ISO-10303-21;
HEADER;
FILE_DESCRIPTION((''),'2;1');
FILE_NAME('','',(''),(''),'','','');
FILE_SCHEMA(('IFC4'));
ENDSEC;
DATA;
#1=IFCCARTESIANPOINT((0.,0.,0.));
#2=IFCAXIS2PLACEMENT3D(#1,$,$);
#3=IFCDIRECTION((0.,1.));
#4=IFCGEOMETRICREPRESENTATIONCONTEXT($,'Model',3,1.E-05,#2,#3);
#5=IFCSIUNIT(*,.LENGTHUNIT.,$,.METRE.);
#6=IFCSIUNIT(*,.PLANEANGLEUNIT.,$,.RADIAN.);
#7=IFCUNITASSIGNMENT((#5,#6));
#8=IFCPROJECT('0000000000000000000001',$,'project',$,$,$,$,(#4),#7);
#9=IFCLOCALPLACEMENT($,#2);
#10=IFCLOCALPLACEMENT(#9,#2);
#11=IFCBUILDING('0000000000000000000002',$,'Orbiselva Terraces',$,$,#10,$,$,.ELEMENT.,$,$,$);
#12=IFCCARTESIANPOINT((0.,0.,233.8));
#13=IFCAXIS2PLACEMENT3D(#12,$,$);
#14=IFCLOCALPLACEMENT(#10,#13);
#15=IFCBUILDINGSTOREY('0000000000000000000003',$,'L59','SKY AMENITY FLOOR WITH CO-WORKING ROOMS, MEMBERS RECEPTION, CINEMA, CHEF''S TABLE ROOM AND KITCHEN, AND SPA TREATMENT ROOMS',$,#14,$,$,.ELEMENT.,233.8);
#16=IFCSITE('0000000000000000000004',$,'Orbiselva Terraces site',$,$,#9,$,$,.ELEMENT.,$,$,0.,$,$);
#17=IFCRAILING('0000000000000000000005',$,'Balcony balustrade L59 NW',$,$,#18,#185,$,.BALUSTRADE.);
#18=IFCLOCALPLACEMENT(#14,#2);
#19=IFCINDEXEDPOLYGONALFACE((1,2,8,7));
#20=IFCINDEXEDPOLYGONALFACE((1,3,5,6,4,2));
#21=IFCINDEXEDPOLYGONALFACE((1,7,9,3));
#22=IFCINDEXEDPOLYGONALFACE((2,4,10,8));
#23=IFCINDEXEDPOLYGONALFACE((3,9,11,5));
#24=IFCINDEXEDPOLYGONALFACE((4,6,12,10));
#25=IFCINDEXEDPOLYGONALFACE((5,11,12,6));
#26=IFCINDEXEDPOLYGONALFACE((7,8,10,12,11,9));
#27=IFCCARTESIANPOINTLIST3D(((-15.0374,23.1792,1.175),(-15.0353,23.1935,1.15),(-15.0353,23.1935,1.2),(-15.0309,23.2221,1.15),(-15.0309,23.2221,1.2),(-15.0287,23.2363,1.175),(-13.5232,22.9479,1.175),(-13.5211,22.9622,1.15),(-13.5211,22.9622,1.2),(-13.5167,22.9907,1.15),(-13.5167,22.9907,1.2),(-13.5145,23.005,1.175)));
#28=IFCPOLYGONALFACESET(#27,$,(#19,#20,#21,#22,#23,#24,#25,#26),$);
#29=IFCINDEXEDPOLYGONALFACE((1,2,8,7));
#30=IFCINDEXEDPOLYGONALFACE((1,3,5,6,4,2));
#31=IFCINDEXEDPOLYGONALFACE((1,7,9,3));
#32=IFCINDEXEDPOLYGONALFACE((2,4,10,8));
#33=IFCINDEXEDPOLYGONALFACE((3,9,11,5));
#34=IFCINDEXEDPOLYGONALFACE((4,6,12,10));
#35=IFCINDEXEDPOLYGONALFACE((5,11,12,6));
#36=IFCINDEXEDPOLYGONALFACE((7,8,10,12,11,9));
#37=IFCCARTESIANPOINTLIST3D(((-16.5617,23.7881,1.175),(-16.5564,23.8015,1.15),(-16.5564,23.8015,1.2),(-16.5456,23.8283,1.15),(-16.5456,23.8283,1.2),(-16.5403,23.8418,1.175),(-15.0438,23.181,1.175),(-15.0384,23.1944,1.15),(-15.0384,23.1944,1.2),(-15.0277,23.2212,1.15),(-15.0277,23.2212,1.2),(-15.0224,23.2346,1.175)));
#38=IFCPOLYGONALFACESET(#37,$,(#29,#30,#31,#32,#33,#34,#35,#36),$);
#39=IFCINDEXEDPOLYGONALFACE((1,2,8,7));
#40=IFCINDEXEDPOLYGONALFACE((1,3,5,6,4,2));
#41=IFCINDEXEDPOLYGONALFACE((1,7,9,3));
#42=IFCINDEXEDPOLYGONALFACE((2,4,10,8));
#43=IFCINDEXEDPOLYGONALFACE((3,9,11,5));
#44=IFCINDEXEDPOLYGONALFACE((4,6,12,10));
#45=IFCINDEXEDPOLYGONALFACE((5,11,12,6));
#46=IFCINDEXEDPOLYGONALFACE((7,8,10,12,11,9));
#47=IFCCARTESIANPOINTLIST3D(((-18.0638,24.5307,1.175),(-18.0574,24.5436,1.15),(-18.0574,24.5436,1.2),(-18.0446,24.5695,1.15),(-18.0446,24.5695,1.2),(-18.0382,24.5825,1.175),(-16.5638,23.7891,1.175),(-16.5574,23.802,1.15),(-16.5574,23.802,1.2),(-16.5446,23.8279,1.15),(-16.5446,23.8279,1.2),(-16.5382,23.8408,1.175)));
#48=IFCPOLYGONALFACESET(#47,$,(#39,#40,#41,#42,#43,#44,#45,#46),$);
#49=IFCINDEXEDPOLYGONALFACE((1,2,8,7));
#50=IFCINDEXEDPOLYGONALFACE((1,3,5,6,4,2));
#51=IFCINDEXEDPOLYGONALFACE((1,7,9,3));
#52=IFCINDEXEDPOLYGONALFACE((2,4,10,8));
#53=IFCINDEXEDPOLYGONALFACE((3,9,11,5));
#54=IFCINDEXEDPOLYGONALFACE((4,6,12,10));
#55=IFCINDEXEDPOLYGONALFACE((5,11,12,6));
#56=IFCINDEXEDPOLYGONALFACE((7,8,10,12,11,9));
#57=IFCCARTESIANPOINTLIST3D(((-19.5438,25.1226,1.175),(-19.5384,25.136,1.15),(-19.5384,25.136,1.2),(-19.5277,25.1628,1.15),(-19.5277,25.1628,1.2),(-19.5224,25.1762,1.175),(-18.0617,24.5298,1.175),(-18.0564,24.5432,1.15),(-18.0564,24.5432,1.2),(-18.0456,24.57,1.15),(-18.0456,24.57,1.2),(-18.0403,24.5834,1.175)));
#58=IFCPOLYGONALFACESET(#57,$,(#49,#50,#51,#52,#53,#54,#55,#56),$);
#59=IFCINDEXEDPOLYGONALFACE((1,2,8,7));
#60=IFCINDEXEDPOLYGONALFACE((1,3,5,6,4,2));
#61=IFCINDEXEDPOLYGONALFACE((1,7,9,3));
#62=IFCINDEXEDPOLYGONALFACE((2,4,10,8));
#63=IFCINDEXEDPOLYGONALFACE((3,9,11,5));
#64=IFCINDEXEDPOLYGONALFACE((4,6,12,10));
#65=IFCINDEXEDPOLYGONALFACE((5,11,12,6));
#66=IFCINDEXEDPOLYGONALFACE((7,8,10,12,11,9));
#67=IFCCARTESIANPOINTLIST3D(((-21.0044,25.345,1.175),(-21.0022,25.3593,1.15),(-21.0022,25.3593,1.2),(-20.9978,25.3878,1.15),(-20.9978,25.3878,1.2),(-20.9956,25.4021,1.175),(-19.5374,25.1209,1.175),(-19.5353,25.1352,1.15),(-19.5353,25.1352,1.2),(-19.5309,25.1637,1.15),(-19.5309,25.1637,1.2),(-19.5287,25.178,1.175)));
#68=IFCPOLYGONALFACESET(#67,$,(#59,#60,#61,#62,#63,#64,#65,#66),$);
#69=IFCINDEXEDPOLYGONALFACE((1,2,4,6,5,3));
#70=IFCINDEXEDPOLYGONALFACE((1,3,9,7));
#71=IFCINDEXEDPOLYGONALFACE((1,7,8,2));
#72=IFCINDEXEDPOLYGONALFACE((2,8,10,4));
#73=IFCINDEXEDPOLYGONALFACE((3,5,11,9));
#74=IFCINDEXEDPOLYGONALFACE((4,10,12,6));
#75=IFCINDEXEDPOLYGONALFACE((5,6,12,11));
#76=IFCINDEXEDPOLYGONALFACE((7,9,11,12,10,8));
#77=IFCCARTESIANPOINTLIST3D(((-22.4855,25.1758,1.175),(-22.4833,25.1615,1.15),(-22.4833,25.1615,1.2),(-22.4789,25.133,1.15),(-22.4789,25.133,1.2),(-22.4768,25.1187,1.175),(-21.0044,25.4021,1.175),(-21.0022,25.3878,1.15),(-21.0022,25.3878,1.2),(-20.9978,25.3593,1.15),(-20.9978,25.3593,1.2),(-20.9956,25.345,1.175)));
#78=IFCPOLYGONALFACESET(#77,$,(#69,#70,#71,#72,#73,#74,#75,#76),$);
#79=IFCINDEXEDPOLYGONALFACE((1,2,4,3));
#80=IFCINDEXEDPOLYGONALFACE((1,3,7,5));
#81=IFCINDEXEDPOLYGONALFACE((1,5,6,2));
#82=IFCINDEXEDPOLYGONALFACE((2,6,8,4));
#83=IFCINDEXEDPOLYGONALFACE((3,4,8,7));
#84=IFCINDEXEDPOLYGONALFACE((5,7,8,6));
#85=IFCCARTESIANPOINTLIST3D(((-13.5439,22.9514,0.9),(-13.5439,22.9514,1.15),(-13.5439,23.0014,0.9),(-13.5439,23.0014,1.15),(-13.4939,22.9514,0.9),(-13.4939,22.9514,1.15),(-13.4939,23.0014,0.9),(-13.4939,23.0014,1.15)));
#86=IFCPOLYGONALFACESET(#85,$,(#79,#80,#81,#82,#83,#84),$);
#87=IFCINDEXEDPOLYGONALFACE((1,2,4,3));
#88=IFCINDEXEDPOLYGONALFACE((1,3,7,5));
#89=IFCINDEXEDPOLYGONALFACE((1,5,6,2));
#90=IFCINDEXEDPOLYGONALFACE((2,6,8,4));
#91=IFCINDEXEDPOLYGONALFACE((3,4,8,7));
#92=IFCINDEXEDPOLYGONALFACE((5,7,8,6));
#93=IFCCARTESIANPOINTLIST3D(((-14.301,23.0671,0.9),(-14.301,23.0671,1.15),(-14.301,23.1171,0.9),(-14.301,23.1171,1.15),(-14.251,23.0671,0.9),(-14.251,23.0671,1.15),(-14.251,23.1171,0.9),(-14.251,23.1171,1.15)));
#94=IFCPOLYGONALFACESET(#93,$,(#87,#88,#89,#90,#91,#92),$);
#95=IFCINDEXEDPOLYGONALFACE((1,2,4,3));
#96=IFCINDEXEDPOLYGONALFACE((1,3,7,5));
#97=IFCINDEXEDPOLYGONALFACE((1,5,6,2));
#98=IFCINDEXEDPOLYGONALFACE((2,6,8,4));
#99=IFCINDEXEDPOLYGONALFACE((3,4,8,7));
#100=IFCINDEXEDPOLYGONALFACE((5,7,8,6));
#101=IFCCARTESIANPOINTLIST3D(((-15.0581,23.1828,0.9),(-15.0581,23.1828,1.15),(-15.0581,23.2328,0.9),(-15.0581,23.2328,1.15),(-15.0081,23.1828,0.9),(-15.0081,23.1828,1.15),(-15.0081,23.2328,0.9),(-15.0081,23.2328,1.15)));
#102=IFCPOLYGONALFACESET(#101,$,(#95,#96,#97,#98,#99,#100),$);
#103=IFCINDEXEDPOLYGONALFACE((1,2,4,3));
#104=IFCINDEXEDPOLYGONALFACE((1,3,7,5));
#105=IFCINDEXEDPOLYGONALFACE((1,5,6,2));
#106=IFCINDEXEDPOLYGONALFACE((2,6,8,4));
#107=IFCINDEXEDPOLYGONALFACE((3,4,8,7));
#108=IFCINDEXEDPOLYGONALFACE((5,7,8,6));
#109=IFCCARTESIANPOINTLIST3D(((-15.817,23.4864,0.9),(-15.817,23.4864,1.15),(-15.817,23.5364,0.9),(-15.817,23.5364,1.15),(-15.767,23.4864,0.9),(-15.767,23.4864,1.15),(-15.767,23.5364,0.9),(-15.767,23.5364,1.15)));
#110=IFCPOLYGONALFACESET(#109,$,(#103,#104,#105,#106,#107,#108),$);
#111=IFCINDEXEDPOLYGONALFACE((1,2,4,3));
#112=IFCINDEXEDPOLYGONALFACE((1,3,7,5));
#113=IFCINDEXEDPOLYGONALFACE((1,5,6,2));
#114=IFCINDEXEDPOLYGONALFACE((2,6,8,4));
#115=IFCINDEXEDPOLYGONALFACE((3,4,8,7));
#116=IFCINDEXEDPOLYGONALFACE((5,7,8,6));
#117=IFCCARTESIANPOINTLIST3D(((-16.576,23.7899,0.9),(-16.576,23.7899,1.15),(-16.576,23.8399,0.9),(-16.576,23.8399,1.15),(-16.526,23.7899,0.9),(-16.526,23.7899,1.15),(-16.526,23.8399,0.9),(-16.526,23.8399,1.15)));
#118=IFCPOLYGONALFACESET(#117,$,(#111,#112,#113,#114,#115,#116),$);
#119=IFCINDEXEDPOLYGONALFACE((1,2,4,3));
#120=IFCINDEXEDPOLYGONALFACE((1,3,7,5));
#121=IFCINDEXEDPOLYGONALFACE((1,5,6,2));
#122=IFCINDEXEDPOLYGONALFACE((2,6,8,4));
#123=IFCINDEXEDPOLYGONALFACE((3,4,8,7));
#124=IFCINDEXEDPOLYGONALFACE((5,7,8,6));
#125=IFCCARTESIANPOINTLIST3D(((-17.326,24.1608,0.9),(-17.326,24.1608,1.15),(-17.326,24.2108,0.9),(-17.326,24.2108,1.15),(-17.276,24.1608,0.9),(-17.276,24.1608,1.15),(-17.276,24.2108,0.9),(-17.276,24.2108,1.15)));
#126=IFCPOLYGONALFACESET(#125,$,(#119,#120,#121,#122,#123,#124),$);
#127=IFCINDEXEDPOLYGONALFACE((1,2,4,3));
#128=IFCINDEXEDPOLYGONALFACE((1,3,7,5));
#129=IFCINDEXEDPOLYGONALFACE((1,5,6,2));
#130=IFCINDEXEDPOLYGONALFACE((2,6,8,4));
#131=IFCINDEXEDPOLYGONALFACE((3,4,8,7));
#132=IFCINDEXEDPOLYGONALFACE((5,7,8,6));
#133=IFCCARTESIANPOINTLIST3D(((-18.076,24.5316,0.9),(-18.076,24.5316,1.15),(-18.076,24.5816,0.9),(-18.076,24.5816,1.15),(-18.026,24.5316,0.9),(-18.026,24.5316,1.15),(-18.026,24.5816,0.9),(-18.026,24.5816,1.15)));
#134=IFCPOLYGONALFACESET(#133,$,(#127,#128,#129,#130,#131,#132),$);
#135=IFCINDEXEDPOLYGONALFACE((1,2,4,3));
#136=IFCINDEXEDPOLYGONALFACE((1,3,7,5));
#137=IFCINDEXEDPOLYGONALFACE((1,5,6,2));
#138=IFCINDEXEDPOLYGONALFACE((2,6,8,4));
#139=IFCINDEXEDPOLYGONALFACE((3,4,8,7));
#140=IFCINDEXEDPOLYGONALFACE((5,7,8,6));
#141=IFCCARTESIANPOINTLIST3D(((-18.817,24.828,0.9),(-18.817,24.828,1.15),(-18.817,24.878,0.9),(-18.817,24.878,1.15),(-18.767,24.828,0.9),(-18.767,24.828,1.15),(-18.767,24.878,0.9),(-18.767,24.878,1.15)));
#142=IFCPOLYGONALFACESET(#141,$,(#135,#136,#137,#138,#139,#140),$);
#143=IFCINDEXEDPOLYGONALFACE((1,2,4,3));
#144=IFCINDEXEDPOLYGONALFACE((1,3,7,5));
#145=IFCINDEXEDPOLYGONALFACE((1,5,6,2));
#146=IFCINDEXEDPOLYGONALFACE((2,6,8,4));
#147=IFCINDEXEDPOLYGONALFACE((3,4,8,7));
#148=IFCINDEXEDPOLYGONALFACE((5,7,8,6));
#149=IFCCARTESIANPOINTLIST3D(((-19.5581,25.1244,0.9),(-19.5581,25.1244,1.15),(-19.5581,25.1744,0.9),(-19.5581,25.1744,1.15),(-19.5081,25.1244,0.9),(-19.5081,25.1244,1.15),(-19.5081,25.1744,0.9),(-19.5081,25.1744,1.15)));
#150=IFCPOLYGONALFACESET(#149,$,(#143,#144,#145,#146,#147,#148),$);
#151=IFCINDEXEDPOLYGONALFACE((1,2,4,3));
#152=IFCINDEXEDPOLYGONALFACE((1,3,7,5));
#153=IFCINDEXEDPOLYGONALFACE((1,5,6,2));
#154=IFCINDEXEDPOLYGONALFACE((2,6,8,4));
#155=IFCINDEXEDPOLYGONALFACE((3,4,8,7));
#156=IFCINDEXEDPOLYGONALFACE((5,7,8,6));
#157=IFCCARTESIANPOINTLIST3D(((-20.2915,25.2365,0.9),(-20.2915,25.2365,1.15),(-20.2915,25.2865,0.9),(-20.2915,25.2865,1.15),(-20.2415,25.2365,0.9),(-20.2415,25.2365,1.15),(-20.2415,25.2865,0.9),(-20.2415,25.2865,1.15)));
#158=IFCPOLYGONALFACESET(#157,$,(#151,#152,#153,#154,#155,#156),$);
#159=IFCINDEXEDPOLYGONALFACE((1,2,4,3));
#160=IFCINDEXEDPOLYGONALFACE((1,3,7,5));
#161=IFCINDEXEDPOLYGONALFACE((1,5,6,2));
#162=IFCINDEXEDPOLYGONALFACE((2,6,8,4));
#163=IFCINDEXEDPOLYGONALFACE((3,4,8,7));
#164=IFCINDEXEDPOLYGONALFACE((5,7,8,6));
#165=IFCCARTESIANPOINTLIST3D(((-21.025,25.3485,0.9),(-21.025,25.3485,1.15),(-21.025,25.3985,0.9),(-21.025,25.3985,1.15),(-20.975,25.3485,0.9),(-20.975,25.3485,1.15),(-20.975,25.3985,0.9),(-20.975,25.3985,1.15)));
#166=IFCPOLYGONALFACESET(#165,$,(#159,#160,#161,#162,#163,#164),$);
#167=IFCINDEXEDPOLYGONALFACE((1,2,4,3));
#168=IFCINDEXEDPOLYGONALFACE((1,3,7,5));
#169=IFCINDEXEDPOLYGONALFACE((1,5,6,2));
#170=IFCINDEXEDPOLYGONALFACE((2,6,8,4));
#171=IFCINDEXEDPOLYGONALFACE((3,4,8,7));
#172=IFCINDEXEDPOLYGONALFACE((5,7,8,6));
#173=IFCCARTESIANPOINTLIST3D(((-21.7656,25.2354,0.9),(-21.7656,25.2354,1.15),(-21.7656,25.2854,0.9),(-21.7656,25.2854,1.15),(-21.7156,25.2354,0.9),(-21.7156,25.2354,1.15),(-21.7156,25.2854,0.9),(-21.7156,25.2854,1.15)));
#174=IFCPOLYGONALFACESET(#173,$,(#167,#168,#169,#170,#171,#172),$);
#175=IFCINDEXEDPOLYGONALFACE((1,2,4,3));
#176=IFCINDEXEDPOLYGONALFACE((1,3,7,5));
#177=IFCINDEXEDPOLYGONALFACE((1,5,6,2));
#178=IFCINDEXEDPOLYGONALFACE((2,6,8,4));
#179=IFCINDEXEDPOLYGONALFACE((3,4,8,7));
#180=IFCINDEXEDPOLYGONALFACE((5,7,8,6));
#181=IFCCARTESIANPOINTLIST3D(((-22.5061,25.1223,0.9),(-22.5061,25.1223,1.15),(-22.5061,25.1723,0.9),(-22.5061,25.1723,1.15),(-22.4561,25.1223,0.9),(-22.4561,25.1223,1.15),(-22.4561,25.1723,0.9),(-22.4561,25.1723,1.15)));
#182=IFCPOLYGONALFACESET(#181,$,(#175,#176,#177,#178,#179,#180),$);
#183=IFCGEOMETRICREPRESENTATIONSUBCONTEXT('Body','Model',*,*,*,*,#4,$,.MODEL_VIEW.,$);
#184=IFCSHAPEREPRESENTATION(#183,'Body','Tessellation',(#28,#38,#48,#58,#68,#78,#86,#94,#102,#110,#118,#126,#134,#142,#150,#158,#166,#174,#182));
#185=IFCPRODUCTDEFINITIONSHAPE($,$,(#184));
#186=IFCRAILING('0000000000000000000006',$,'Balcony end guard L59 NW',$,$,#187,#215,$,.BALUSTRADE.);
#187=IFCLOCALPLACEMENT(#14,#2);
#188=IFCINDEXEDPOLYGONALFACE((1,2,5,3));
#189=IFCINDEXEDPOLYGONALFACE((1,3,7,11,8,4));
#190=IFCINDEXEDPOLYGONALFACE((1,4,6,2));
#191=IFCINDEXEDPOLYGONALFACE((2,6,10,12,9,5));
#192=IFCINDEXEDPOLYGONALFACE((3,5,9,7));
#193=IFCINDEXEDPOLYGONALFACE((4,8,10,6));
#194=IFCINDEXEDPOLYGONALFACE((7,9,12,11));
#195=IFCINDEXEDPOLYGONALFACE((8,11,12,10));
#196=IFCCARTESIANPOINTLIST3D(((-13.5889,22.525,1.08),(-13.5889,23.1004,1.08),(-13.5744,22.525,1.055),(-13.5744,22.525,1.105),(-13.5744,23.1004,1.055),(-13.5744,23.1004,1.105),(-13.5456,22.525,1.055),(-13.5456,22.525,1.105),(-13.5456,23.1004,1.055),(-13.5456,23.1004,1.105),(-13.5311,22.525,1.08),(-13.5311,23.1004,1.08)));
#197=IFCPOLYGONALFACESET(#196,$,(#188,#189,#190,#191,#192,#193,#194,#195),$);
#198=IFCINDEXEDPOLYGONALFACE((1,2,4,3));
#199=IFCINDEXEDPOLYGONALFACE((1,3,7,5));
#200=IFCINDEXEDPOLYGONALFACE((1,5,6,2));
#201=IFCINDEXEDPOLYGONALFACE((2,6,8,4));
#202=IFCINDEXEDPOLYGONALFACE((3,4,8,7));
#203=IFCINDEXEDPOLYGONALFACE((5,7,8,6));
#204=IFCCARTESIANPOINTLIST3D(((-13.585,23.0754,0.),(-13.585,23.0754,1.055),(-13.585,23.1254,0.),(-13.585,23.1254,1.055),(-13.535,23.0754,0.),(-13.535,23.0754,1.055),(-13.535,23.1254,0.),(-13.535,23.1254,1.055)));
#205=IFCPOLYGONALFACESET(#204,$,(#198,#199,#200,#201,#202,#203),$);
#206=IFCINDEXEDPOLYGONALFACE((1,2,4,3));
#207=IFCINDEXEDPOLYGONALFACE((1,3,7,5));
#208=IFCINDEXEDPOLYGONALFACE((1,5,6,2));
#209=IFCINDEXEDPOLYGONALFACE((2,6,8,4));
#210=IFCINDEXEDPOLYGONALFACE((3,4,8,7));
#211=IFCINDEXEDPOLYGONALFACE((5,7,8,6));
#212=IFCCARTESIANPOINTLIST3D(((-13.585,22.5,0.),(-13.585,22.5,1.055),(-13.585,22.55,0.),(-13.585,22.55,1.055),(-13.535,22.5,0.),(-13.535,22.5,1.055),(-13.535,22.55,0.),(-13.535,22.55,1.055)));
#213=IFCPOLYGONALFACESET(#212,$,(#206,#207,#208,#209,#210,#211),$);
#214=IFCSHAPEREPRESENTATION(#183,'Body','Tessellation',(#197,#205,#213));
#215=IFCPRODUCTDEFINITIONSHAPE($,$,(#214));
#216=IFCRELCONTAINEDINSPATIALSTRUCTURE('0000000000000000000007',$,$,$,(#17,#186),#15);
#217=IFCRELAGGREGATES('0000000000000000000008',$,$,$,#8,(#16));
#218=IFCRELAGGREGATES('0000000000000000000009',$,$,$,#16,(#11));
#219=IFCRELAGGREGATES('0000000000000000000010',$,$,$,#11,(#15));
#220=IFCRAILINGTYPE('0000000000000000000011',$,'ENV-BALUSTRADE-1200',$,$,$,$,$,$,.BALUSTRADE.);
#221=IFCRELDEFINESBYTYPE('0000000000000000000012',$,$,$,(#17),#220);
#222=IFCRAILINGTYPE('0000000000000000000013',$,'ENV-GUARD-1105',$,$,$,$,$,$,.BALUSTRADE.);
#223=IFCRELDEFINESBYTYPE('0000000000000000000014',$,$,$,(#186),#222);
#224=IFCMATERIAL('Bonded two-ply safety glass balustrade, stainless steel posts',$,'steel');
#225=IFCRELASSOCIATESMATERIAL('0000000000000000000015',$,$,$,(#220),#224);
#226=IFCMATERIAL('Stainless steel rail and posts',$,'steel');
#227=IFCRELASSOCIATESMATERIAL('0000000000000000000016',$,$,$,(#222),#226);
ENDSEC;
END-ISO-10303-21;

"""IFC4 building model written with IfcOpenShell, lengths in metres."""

from ifc_helpers import new_model, si_unit, direction, frame, origin, origin_2d, place, context, subcontext, project, spatial, polyline, rectangle, outline, extrude, material, type_object, element, save


model = new_model("IFC4")

# Units and contexts
model_context = context("Model", 3, precision=1e-05, world=origin(), true_north=direction((0.0, 1.0)))
body_context = subcontext(model_context, "Body", "Model", "MODEL_VIEW")
ifc_project = project(units=[si_unit("LENGTHUNIT", "METRE"), si_unit("PLANEANGLEUNIT", "RADIAN")], contexts=[model_context])

# Site, building, storey
site_placement = place(None, origin())
site = spatial("IfcSite", under=ifc_project, at=site_placement, Name="Orbiselva Terraces site", CompositionType="ELEMENT", RefElevation=0.0)
building_placement = place(site_placement, origin())
building = spatial("IfcBuilding", under=site, at=building_placement, Name="Orbiselva Terraces", CompositionType="ELEMENT")
storey_placement = place(building_placement, frame((0.0, 0.0, 233.8)))
storey = spatial("IfcBuildingStorey", under=building, at=storey_placement, Name="L59", Description="SKY AMENITY FLOOR WITH CO-WORKING ROOMS, MEMBERS RECEPTION, CINEMA, CHEF'S TABLE ROOM AND KITCHEN, AND SPA TREATMENT ROOMS", CompositionType="ELEMENT", Elevation=233.8)

# Railings
ifc_material_1 = material(Name="Bonded two-ply safety glass balustrade, stainless steel posts", Category="steel")
railing_type_1 = type_object("IfcRailingType", Name="ENV-BALUSTRADE-1200", PredefinedType="BALUSTRADE", material=ifc_material_1)
railing_1_placement = place(storey_placement, frame((-13.5189, 22.9764, 0.9)))
element("IfcRailing", 1, at=railing_1_placement, inside=storey, type_object=railing_type_1, Name="Balcony balustrade L59 NW", PredefinedType="BALUSTRADE", context=body_context, shape_type="SweptSolid", body=[
    extrude(outline(polyline([(0.0289, 0.0), (0.0144, 0.025), (-0.0144, 0.025), (-0.0289, 0.0), (-0.0144, -0.025), (0.0144, -0.025), (0.0289, 0.0)])), frame((0.0, 0.0, 0.275), z_axis=(-0.988529, 0.151034, 0.0), x_axis=(-0.151034, -0.988529, 0.0)), (0.0, 0.0, 1.0), 1.5318),
    extrude(outline(polyline([(0.0289, 0.0), (0.0144, 0.025), (-0.0144, 0.025), (-0.0289, 0.0), (-0.0144, -0.025), (0.0144, -0.025), (0.0289, 0.0)])), frame((-1.5142, 0.2314, 0.275), z_axis=(-0.928477, 0.37139, 0.0), x_axis=(-0.37139, -0.928477, 0.0)), (0.0, 0.0, 1.0), 1.6348),
    extrude(outline(polyline([(0.0289, 0.0), (0.0144, 0.025), (-0.0144, 0.025), (-0.0289, 0.0), (-0.0144, -0.025), (0.0144, -0.025), (0.0289, 0.0)])), frame((-3.0321, 0.8385, 0.275), z_axis=(-0.896417, 0.443212, 0.0), x_axis=(-0.443212, -0.896417, 0.0)), (0.0, 0.0, 1.0), 1.6733),
    extrude(outline(polyline([(0.0289, 0.0), (0.0144, 0.025), (-0.0144, 0.025), (-0.0289, 0.0), (-0.0144, -0.025), (0.0144, -0.025), (0.0289, 0.0)])), frame((-4.5321, 1.5802, 0.275), z_axis=(-0.928477, 0.371391, 0.0), x_axis=(-0.371391, -0.928477, 0.0)), (0.0, 0.0, 1.0), 1.5963),
    extrude(outline(polyline([(0.0289, 0.0), (0.0144, 0.025), (-0.0144, 0.025), (-0.0289, 0.0), (-0.0144, -0.025), (0.0144, -0.025), (0.0289, 0.0)])), frame((-6.0142, 2.173, 0.275), z_axis=(-0.988529, 0.151034, 0.0), x_axis=(-0.151034, -0.988529, 0.0)), (0.0, 0.0, 1.0), 1.4839),
    extrude(outline(polyline([(0.0289, 0.0), (0.0144, 0.025), (-0.0144, 0.025), (-0.0289, 0.0), (-0.0144, -0.025), (0.0144, -0.025), (0.0289, 0.0)])), frame((-7.4811, 2.3971, 0.275), z_axis=(-0.988529, -0.151034, 0.0), x_axis=(0.151034, -0.988529, 0.0)), (0.0, 0.0, 1.0), 1.4983),
    extrude(rectangle(XDim=0.05, YDim=0.05, at=origin_2d()), origin(), (0.0, 0.0, 1.0), 0.25),
    extrude(rectangle(XDim=0.05, YDim=0.05, at=origin_2d()), frame((-0.7571, 0.1157, 0.0)), (0.0, 0.0, 1.0), 0.25),
    extrude(rectangle(XDim=0.05, YDim=0.05, at=origin_2d()), frame((-1.5142, 0.2314, 0.0)), (0.0, 0.0, 1.0), 0.25),
    extrude(rectangle(XDim=0.05, YDim=0.05, at=origin_2d()), frame((-2.2732, 0.5349, 0.0)), (0.0, 0.0, 1.0), 0.25),
    extrude(rectangle(XDim=0.05, YDim=0.05, at=origin_2d()), frame((-3.0321, 0.8385, 0.0)), (0.0, 0.0, 1.0), 0.25),
    extrude(rectangle(XDim=0.05, YDim=0.05, at=origin_2d()), frame((-3.7821, 1.2093, 0.0)), (0.0, 0.0, 1.0), 0.25),
    extrude(rectangle(XDim=0.05, YDim=0.05, at=origin_2d()), frame((-4.5321, 1.5802, 0.0)), (0.0, 0.0, 1.0), 0.25),
    extrude(rectangle(XDim=0.05, YDim=0.05, at=origin_2d()), frame((-5.2732, 1.8766, 0.0)), (0.0, 0.0, 1.0), 0.25),
    extrude(rectangle(XDim=0.05, YDim=0.05, at=origin_2d()), frame((-6.0142, 2.173, 0.0)), (0.0, 0.0, 1.0), 0.25),
    extrude(rectangle(XDim=0.05, YDim=0.05, at=origin_2d()), frame((-6.7477, 2.2851, 0.0)), (0.0, 0.0, 1.0), 0.25),
    extrude(rectangle(XDim=0.05, YDim=0.05, at=origin_2d()), frame((-7.4811, 2.3971, 0.0)), (0.0, 0.0, 1.0), 0.25),
    extrude(rectangle(XDim=0.05, YDim=0.05, at=origin_2d()), frame((-8.2217, 2.284, 0.0)), (0.0, 0.0, 1.0), 0.25),
    extrude(rectangle(XDim=0.05, YDim=0.05, at=origin_2d()), frame((-8.9622, 2.1708, 0.0)), (0.0, 0.0, 1.0), 0.25),
])
ifc_material_2 = material(Name="Stainless steel rail and posts", Category="steel")
railing_type_2 = type_object("IfcRailingType", Name="ENV-GUARD-1105", PredefinedType="BALUSTRADE", material=ifc_material_2)
railing_2_placement = place(storey_placement, frame((-13.56, 23.1004, 0.0)))
element("IfcRailing", 2, at=railing_2_placement, inside=storey, type_object=railing_type_2, Name="Balcony end guard L59 NW", PredefinedType="BALUSTRADE", context=body_context, shape_type="SweptSolid", body=[
    extrude(outline(polyline([(0.0289, 0.0), (0.0144, 0.025), (-0.0144, 0.025), (-0.0289, 0.0), (-0.0144, -0.025), (0.0144, -0.025), (0.0289, 0.0)])), frame((0.0, 0.0, 1.08), z_axis=(0.0, -1.0, 0.0), x_axis=(1.0, 0.0, 0.0)), (0.0, 0.0, 1.0), 0.5754),
    extrude(rectangle(XDim=0.05, YDim=0.05, at=origin_2d()), origin(), (0.0, 0.0, 1.0), 1.055),
    extrude(rectangle(XDim=0.05, YDim=0.05, at=origin_2d()), frame((0.0, -0.5754, 0.0)), (0.0, 0.0, 1.0), 1.055),
])

save(model, "model.ifc")
